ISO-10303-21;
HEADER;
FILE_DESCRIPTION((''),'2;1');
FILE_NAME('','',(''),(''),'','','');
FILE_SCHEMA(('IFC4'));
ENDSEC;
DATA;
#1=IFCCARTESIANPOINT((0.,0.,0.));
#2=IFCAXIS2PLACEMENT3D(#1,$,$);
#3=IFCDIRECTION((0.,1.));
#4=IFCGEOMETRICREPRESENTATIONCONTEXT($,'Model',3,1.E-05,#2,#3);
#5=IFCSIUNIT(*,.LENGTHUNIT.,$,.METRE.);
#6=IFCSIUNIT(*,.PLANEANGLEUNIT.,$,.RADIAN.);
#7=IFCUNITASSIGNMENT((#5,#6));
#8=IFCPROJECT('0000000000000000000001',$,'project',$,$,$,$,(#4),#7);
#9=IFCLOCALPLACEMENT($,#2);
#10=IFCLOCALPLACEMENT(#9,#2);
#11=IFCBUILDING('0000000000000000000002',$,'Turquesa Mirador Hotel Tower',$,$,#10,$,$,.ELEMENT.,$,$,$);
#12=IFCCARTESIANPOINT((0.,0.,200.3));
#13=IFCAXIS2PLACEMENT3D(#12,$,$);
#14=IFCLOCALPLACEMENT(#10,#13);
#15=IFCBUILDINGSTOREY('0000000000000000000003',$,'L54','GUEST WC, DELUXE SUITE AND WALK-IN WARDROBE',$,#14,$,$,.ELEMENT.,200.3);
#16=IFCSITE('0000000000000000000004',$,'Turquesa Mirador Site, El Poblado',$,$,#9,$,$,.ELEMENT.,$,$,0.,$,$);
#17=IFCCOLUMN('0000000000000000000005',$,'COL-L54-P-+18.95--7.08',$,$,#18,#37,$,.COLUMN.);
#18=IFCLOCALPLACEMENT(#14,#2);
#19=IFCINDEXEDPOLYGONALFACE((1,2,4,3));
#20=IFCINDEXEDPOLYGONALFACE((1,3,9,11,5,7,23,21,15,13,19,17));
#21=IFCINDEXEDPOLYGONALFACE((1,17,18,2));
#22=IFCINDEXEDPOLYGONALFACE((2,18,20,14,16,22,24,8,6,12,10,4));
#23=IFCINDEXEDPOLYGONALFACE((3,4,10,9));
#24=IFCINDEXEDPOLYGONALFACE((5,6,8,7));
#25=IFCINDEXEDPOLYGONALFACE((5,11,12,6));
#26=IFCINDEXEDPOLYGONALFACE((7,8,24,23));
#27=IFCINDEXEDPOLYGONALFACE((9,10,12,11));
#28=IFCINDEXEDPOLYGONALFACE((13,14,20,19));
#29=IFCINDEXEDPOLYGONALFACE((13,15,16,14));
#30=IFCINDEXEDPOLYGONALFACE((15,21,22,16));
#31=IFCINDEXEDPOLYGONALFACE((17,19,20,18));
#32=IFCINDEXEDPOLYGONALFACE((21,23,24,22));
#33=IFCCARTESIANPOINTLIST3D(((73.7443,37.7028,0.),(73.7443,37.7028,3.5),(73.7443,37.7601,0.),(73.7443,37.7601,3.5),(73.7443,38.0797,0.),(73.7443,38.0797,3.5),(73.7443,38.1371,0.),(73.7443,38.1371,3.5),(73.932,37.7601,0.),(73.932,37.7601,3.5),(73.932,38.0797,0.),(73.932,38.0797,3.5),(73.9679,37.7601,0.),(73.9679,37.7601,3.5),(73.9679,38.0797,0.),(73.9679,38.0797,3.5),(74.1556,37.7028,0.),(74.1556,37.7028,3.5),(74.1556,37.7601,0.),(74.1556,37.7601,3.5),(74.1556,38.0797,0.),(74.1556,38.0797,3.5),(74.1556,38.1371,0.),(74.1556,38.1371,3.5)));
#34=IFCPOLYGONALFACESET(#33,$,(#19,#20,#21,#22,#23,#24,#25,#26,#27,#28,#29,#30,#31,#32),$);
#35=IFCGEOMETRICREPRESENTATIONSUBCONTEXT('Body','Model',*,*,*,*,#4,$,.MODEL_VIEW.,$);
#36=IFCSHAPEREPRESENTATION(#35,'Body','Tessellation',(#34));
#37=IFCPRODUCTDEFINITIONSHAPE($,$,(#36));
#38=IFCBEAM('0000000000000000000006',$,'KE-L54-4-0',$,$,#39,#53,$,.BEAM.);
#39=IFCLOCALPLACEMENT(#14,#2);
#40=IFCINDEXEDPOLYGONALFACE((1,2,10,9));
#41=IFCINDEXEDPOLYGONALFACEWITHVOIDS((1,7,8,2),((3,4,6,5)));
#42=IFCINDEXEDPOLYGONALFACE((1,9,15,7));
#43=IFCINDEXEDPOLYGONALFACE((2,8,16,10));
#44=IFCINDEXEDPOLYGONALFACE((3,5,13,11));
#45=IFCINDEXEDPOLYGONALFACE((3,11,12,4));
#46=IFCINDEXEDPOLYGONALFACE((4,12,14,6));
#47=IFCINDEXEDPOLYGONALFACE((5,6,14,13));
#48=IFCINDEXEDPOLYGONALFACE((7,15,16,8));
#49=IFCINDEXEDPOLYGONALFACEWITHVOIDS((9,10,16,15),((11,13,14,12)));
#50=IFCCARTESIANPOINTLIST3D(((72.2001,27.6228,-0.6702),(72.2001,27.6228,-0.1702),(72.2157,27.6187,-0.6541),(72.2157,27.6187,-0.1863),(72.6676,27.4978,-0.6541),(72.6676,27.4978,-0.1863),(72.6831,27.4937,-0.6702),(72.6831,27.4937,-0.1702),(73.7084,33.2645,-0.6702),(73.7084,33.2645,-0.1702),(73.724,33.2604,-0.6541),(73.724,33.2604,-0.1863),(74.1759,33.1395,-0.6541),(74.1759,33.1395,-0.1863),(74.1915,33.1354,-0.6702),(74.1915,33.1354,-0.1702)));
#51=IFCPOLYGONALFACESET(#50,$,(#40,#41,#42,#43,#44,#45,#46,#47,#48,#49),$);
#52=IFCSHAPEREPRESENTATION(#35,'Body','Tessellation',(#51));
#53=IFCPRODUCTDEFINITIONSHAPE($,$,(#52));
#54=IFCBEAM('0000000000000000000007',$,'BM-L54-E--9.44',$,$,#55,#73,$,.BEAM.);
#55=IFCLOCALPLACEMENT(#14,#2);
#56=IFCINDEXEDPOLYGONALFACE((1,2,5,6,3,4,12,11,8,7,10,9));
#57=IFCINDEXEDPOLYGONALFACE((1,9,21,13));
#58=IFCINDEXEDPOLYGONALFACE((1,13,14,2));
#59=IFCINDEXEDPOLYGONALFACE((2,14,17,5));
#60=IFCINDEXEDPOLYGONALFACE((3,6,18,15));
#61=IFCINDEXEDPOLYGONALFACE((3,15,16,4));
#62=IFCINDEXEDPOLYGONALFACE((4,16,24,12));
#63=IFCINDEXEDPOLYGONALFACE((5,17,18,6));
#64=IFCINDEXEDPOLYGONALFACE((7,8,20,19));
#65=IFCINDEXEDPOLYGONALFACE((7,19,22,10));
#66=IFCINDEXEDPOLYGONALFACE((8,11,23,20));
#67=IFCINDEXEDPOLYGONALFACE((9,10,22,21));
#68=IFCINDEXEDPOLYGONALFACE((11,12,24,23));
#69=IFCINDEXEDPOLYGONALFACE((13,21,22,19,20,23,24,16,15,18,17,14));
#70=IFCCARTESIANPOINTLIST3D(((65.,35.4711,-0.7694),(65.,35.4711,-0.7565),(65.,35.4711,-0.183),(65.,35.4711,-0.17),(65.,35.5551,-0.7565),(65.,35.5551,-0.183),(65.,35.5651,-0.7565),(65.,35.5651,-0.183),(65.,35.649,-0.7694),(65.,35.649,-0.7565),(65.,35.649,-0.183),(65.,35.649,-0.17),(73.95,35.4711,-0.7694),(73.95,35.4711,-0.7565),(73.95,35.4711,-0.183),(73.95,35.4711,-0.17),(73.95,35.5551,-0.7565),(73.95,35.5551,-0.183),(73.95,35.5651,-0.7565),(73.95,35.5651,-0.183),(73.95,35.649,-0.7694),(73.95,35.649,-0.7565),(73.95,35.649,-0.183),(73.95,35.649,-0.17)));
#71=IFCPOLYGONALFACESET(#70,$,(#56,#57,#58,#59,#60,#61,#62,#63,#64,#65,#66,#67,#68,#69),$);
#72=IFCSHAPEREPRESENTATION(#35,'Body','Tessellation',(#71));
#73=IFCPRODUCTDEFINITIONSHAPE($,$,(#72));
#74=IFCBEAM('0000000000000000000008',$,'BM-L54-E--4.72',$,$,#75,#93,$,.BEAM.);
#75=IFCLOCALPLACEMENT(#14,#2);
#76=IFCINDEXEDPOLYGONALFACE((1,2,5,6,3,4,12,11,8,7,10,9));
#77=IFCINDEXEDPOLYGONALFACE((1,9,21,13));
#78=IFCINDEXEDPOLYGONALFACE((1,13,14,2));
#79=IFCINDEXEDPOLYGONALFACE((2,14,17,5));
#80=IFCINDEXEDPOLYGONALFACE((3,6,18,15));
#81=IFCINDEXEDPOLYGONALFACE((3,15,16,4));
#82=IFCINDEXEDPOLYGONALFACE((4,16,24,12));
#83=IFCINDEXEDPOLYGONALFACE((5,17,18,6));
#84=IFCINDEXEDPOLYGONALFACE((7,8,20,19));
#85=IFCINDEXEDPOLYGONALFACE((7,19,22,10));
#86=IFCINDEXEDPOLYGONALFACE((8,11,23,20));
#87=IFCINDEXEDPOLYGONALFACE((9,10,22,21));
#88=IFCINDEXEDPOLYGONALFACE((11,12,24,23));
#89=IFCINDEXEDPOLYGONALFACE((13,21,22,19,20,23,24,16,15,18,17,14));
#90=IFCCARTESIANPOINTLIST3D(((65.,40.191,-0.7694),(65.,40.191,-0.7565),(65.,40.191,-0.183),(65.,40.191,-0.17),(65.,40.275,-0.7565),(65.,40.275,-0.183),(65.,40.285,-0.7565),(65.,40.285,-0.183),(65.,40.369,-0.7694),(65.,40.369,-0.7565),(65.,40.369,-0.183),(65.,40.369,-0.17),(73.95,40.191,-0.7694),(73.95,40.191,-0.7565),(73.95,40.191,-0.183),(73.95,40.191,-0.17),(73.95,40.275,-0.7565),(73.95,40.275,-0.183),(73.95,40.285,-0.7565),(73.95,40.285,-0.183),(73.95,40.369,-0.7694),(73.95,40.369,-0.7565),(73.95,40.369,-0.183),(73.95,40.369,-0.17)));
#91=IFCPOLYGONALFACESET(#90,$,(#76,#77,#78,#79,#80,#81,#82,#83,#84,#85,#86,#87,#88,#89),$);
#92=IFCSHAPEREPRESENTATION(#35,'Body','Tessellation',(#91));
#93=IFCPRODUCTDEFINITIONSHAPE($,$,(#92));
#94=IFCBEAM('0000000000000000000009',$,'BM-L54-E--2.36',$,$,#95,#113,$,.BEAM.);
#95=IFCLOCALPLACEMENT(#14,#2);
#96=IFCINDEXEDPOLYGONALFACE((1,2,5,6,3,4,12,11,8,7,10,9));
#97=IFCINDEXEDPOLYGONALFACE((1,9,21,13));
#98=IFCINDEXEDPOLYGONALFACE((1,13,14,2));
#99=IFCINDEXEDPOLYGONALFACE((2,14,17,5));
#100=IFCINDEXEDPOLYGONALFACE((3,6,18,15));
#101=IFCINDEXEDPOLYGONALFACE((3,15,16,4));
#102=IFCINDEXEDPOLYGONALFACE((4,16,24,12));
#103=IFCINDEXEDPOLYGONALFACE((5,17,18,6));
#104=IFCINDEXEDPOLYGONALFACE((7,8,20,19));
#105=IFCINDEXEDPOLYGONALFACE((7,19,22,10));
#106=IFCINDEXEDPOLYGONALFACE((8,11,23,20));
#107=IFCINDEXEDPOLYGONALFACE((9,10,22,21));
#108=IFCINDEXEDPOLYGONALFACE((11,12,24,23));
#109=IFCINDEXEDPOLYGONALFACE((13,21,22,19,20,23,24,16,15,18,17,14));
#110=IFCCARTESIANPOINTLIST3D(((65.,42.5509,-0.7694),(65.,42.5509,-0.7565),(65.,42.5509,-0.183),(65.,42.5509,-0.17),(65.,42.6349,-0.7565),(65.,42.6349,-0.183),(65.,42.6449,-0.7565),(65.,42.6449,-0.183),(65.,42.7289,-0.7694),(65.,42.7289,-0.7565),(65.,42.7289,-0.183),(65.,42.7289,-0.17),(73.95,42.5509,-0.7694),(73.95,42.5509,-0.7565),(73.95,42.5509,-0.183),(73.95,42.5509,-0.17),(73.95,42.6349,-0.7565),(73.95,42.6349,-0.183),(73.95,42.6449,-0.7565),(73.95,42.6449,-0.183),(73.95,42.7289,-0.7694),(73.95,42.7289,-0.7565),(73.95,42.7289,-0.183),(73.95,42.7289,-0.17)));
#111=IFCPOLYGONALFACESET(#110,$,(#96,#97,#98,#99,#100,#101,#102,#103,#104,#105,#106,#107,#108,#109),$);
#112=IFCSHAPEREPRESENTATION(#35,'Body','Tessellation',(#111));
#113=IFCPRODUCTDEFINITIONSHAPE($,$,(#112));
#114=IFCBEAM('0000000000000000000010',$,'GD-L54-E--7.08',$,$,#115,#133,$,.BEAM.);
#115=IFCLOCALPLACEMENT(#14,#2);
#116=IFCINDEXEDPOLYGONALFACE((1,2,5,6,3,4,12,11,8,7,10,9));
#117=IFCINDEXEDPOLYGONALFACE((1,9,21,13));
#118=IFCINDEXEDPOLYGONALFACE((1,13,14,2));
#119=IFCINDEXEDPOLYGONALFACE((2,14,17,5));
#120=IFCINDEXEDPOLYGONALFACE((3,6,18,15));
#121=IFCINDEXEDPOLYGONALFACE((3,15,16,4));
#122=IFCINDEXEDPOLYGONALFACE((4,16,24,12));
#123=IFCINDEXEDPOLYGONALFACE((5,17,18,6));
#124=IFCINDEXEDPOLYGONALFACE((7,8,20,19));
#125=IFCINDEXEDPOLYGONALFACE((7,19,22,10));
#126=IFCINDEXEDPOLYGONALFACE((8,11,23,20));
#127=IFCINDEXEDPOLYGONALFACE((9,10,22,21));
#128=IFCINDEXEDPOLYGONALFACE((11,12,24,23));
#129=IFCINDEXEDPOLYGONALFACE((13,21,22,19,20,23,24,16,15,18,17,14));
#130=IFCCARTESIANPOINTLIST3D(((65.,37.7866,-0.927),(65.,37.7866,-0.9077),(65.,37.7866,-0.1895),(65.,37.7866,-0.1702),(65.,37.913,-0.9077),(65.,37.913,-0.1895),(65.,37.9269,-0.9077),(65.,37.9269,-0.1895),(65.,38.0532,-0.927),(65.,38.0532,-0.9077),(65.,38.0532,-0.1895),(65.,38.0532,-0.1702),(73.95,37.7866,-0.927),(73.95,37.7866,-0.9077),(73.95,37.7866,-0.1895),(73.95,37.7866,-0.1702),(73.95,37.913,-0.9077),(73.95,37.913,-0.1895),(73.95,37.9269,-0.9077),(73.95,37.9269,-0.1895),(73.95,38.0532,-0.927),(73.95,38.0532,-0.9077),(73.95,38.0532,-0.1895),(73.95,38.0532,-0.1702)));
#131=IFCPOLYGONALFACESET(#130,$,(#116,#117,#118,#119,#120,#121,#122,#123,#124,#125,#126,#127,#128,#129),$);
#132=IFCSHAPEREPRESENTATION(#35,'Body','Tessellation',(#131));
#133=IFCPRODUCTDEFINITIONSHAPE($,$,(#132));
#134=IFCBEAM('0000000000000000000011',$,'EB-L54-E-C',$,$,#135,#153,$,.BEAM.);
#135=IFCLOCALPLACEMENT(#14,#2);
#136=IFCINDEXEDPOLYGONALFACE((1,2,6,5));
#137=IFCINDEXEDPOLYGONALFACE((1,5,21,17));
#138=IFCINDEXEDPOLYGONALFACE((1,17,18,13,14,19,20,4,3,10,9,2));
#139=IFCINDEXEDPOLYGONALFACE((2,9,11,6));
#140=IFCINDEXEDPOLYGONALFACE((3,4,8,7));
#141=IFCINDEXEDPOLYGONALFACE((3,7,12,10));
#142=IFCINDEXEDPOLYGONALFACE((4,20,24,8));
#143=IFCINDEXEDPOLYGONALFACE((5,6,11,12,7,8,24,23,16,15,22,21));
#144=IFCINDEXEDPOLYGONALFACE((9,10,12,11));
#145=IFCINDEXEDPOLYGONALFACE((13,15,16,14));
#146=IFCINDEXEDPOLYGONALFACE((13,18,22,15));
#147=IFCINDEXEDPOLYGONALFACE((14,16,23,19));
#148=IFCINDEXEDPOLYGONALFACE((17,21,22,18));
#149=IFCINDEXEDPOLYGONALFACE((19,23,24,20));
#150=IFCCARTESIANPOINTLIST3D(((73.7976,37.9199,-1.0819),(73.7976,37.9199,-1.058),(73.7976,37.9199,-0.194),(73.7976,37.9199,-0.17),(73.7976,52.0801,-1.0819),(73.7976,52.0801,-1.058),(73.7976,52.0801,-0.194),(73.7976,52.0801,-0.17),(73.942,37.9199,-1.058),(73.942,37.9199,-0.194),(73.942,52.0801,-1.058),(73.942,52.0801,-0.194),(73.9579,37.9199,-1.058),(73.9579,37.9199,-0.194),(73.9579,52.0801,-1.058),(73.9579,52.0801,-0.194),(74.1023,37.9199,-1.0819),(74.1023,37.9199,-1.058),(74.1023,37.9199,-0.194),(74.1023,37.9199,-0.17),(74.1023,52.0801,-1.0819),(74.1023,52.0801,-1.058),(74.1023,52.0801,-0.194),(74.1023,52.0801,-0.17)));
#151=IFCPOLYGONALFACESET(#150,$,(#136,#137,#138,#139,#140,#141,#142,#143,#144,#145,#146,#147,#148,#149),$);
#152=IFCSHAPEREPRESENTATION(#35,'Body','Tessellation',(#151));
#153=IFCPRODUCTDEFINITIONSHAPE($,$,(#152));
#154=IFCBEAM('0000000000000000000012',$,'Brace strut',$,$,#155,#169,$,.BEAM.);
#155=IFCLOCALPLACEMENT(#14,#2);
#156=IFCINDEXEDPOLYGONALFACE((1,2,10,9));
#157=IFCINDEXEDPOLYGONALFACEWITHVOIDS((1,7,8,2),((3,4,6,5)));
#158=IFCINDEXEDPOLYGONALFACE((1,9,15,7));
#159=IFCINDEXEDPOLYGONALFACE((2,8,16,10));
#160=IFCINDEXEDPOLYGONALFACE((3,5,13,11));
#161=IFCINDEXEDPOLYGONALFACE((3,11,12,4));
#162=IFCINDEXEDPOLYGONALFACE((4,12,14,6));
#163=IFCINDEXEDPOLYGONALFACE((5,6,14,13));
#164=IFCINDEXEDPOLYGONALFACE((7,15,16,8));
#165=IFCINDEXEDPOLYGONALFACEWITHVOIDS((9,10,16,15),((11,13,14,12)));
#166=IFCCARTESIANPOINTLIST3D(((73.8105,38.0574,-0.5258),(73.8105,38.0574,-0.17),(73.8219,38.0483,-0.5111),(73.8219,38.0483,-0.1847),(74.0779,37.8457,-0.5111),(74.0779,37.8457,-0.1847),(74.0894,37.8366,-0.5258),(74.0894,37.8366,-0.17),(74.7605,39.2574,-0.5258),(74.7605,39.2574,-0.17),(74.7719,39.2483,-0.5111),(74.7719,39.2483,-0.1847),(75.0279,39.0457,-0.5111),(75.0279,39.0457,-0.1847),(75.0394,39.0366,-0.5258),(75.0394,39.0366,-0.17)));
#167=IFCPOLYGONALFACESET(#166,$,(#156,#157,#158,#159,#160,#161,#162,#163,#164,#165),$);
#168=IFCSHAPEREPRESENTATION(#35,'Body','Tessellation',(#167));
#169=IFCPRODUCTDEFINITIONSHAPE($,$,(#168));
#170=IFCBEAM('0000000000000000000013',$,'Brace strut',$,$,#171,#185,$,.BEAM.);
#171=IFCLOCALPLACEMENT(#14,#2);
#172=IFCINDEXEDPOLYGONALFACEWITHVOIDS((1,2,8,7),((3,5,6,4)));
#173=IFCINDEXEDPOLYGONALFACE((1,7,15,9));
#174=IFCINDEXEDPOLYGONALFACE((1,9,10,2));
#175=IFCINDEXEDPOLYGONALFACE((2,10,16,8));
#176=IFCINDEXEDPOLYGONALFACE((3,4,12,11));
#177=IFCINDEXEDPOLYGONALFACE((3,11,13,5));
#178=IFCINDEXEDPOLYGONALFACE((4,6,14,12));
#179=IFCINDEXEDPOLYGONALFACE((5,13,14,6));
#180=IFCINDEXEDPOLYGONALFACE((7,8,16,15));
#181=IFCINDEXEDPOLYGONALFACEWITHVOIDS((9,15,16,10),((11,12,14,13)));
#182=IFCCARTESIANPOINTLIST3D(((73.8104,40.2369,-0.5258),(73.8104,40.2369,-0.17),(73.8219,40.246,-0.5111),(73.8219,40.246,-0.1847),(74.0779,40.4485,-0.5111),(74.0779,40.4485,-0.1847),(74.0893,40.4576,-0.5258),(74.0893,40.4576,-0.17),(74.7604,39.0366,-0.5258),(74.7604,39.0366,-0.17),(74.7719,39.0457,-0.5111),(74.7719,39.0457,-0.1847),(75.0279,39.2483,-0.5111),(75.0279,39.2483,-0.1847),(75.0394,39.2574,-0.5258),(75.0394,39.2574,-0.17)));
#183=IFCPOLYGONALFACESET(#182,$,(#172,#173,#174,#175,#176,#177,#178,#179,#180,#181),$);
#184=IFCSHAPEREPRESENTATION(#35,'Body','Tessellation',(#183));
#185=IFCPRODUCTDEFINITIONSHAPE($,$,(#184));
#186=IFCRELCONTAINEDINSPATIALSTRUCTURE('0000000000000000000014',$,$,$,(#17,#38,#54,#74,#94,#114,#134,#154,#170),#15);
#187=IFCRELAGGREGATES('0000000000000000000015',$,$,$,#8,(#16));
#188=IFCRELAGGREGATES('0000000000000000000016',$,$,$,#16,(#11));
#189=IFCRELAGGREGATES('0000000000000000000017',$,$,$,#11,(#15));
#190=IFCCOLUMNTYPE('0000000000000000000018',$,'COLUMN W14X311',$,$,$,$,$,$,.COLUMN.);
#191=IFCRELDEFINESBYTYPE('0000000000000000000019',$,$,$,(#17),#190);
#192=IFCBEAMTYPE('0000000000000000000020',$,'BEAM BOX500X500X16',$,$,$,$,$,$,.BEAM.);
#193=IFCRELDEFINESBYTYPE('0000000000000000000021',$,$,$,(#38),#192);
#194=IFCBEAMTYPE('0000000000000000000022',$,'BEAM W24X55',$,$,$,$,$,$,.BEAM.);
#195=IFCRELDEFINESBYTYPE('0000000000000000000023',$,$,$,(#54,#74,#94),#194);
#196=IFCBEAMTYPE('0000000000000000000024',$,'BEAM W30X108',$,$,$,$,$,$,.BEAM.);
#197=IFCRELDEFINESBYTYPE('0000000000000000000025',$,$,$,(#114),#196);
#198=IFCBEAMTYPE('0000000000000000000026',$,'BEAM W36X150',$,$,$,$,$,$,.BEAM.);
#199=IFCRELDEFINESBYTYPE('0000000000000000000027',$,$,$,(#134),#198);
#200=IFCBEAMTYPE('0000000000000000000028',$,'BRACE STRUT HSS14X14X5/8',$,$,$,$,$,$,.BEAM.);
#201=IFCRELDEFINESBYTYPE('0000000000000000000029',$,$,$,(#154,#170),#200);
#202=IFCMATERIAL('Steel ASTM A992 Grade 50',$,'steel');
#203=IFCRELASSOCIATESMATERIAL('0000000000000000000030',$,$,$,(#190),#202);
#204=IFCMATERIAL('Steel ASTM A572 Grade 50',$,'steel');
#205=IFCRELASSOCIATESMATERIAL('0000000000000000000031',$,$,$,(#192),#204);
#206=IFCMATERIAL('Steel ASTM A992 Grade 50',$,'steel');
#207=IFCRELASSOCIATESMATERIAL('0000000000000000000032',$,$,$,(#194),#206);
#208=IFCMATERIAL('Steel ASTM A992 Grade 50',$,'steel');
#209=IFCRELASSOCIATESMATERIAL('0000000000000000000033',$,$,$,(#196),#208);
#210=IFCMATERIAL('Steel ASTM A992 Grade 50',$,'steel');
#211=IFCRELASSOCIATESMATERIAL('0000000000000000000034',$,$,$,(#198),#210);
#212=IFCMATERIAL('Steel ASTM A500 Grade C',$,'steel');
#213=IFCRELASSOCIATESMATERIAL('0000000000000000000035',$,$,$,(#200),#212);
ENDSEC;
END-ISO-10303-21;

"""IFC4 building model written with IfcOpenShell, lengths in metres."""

from ifc_helpers import new_model, si_unit, direction, frame, origin, origin_2d, place, context, subcontext, project, spatial, hollow_rectangle, i_section, extrude, material, material_profile, profile_set, type_object, element, save


model = new_model("IFC4")

# Units and contexts
model_context = context("Model", 3, precision=1e-05, world=origin(), true_north=direction((0.0, 1.0)))
body_context = subcontext(model_context, "Body", "Model", "MODEL_VIEW")
ifc_project = project(units=[si_unit("LENGTHUNIT", "METRE"), si_unit("PLANEANGLEUNIT", "RADIAN")], contexts=[model_context])

# Site, building, storey
site_placement = place(None, origin())
site = spatial("IfcSite", under=ifc_project, at=site_placement, Name="Turquesa Mirador Site, El Poblado", CompositionType="ELEMENT", RefElevation=0.0)
building_placement = place(site_placement, origin())
building = spatial("IfcBuilding", under=site, at=building_placement, Name="Turquesa Mirador Hotel Tower", CompositionType="ELEMENT")
storey_placement = place(building_placement, frame((0.0, 0.0, 200.3)))
storey = spatial("IfcBuildingStorey", under=building, at=storey_placement, Name="L54", Description="GUEST WC, DELUXE SUITE AND WALK-IN WARDROBE", CompositionType="ELEMENT", Elevation=200.3)

# Column
ifc_material_1 = material(Name="Steel ASTM A992 Grade 50", Category="steel")
ifc_material_profile_1 = material_profile(ifc_material_1, i_section(OverallWidth=0.4114, OverallDepth=0.4343, WebThickness=0.0359, FlangeThickness=0.0574, at=origin_2d()), Name="W14X311")
ifc_profile_set_1 = profile_set([ifc_material_profile_1], Name="Steel ASTM A992 Grade 50")
column_type = type_object("IfcColumnType", Name="COLUMN W14X311", PredefinedType="COLUMN", material=ifc_profile_set_1)
column_placement = place(storey_placement, frame((73.95, 37.9199, 0.0), z_axis=(0.0, 0.0, 1.0), x_axis=(1.0, 0.0, 0.0)))
element("IfcColumn", 1, at=column_placement, inside=storey, type_object=column_type, Name="COL-L54-P-+18.95--7.08", PredefinedType="COLUMN", context=body_context, shape_type="SweptSolid", body=[
    extrude(i_section(OverallWidth=0.4114, OverallDepth=0.4343, WebThickness=0.0359, FlangeThickness=0.0574, at=origin_2d()), origin(), (0.0, 0.0, 1.0), 3.5),
])

# Beams
ifc_material_2 = material(Name="Steel ASTM A572 Grade 50", Category="steel")
ifc_material_profile_2 = material_profile(ifc_material_2, hollow_rectangle(XDim=0.5, YDim=0.5, WallThickness=0.0161, at=origin_2d()), Name="BOX500X500X16")
ifc_profile_set_2 = profile_set([ifc_material_profile_2], Name="Steel ASTM A572 Grade 50")
beam_type_1 = type_object("IfcBeamType", Name="BEAM BOX500X500X16", PredefinedType="BEAM", material=ifc_profile_set_2)
beam_1_placement = place(storey_placement, frame((73.95, 33.2, -0.4202), z_axis=(-0.258282, -0.96607, 0.0), x_axis=(0.96607, -0.258282, 0.0)))
element("IfcBeam", 2, at=beam_1_placement, inside=storey, type_object=beam_type_1, Name="KE-L54-4-0", PredefinedType="BEAM", context=body_context, shape_type="SweptSolid", body=[
    extrude(hollow_rectangle(XDim=0.5, YDim=0.5, WallThickness=0.0161, at=origin_2d()), origin(), (0.0, 0.0, 1.0), 5.8398),
])
ifc_material_3 = material(Name="Steel ASTM A992 Grade 50", Category="steel")
ifc_material_profile_3 = material_profile(ifc_material_3, i_section(OverallWidth=0.178, OverallDepth=0.5994, WebThickness=0.01, FlangeThickness=0.0129, at=origin_2d()), Name="W24X55")
ifc_profile_set_3 = profile_set([ifc_material_profile_3], Name="Steel ASTM A992 Grade 50")
beam_type_2 = type_object("IfcBeamType", Name="BEAM W24X55", PredefinedType="BEAM", material=ifc_profile_set_3)
for number, where, z_axis, x_axis, name in (
    (3, (73.95, 35.5601, -0.4697), (-1.0, 0.0, 0.0), (0.0, -1.0, 0.0), "BM-L54-E--9.44"),
    (4, (73.95, 40.28, -0.4697), (-1.0, 0.0, 0.0), (0.0, -1.0, 0.0), "BM-L54-E--4.72"),
    (5, (73.95, 42.6399, -0.4697), (-1.0, 0.0, 0.0), (0.0, -1.0, 0.0), "BM-L54-E--2.36"),
):
    element("IfcBeam", number, at=place(storey_placement, frame(where, z_axis=z_axis, x_axis=x_axis)), inside=storey, type_object=beam_type_2, Name=name, PredefinedType="BEAM", context=body_context, shape_type="SweptSolid", body=[
        extrude(i_section(OverallWidth=0.178, OverallDepth=0.5994, WebThickness=0.01, FlangeThickness=0.0129, at=origin_2d()), origin(), (0.0, 0.0, 1.0), 8.95),
    ])
ifc_material_4 = material(Name="Steel ASTM A992 Grade 50", Category="steel")
ifc_material_profile_4 = material_profile(ifc_material_4, i_section(OverallWidth=0.2666, OverallDepth=0.7568, WebThickness=0.0139, FlangeThickness=0.0193, at=origin_2d()), Name="W30X108")
ifc_profile_set_4 = profile_set([ifc_material_profile_4], Name="Steel ASTM A992 Grade 50")
beam_type_3 = type_object("IfcBeamType", Name="BEAM W30X108", PredefinedType="BEAM", material=ifc_profile_set_4)
beam_2_placement = place(storey_placement, frame((73.95, 37.9199, -0.5486), z_axis=(-1.0, 0.0, 0.0), x_axis=(0.0, -1.0, 0.0)))
element("IfcBeam", 6, at=beam_2_placement, inside=storey, type_object=beam_type_3, Name="GD-L54-E--7.08", PredefinedType="BEAM", context=body_context, shape_type="SweptSolid", body=[
    extrude(i_section(OverallWidth=0.2666, OverallDepth=0.7568, WebThickness=0.0139, FlangeThickness=0.0193, at=origin_2d()), origin(), (0.0, 0.0, 1.0), 8.95),
])
ifc_material_5 = material(Name="Steel ASTM A992 Grade 50", Category="steel")
ifc_material_profile_5 = material_profile(ifc_material_5, i_section(OverallWidth=0.3047, OverallDepth=0.9119, WebThickness=0.0159, FlangeThickness=0.0239, at=origin_2d()), Name="W36X150")
ifc_profile_set_5 = profile_set([ifc_material_profile_5], Name="Steel ASTM A992 Grade 50")
beam_type_4 = type_object("IfcBeamType", Name="BEAM W36X150", PredefinedType="BEAM", material=ifc_profile_set_5)
beam_3_placement = place(storey_placement, frame((73.95, 37.9199, -0.626), z_axis=(0.0, 1.0, 0.0), x_axis=(-1.0, 0.0, 0.0)))
element("IfcBeam", 7, at=beam_3_placement, inside=storey, type_object=beam_type_4, Name="EB-L54-E-C", PredefinedType="BEAM", context=body_context, shape_type="SweptSolid", body=[
    extrude(i_section(OverallWidth=0.3047, OverallDepth=0.9119, WebThickness=0.0159, FlangeThickness=0.0239, at=origin_2d()), origin(), (0.0, 0.0, 1.0), 14.1602),
])
ifc_material_6 = material(Name="Steel ASTM A500 Grade C", Category="steel")
ifc_material_profile_6 = material_profile(ifc_material_6, hollow_rectangle(XDim=0.3557, YDim=0.3557, WallThickness=0.0146, at=origin_2d()), Name="HSS14X14X5/8")
ifc_profile_set_6 = profile_set([ifc_material_profile_6], Name="Steel ASTM A500 Grade C")
beam_type_5 = type_object("IfcBeamType", Name="BRACE STRUT HSS14X14X5/8", PredefinedType="BEAM", material=ifc_profile_set_6)
beam_4_placement = place(storey_placement, frame((74.8999, 39.147, -0.3479), z_axis=(-0.620699, -0.784049, 0.0), x_axis=(0.784049, -0.620699, 0.0)))
element("IfcBeam", 8, at=beam_4_placement, inside=storey, type_object=beam_type_5, Name="Brace strut", PredefinedType="BEAM", context=body_context, shape_type="SweptSolid", body=[
    extrude(hollow_rectangle(XDim=0.3557, YDim=0.3557, WallThickness=0.0146, at=origin_2d()), origin(), (0.0, 0.0, 1.0), 1.5305),
])
beam_5_placement = place(storey_placement, frame((74.8999, 39.147, -0.3479), z_axis=(-0.620621, 0.784111, 0.0), x_axis=(-0.784111, -0.620621, 0.0)))
element("IfcBeam", 9, at=beam_5_placement, inside=storey, type_object=beam_type_5, Name="Brace strut", PredefinedType="BEAM", context=body_context, shape_type="SweptSolid", body=[
    extrude(hollow_rectangle(XDim=0.3557, YDim=0.3557, WallThickness=0.0146, at=origin_2d()), origin(), (0.0, 0.0, 1.0), 1.5308),
])

save(model, "model.ifc")
